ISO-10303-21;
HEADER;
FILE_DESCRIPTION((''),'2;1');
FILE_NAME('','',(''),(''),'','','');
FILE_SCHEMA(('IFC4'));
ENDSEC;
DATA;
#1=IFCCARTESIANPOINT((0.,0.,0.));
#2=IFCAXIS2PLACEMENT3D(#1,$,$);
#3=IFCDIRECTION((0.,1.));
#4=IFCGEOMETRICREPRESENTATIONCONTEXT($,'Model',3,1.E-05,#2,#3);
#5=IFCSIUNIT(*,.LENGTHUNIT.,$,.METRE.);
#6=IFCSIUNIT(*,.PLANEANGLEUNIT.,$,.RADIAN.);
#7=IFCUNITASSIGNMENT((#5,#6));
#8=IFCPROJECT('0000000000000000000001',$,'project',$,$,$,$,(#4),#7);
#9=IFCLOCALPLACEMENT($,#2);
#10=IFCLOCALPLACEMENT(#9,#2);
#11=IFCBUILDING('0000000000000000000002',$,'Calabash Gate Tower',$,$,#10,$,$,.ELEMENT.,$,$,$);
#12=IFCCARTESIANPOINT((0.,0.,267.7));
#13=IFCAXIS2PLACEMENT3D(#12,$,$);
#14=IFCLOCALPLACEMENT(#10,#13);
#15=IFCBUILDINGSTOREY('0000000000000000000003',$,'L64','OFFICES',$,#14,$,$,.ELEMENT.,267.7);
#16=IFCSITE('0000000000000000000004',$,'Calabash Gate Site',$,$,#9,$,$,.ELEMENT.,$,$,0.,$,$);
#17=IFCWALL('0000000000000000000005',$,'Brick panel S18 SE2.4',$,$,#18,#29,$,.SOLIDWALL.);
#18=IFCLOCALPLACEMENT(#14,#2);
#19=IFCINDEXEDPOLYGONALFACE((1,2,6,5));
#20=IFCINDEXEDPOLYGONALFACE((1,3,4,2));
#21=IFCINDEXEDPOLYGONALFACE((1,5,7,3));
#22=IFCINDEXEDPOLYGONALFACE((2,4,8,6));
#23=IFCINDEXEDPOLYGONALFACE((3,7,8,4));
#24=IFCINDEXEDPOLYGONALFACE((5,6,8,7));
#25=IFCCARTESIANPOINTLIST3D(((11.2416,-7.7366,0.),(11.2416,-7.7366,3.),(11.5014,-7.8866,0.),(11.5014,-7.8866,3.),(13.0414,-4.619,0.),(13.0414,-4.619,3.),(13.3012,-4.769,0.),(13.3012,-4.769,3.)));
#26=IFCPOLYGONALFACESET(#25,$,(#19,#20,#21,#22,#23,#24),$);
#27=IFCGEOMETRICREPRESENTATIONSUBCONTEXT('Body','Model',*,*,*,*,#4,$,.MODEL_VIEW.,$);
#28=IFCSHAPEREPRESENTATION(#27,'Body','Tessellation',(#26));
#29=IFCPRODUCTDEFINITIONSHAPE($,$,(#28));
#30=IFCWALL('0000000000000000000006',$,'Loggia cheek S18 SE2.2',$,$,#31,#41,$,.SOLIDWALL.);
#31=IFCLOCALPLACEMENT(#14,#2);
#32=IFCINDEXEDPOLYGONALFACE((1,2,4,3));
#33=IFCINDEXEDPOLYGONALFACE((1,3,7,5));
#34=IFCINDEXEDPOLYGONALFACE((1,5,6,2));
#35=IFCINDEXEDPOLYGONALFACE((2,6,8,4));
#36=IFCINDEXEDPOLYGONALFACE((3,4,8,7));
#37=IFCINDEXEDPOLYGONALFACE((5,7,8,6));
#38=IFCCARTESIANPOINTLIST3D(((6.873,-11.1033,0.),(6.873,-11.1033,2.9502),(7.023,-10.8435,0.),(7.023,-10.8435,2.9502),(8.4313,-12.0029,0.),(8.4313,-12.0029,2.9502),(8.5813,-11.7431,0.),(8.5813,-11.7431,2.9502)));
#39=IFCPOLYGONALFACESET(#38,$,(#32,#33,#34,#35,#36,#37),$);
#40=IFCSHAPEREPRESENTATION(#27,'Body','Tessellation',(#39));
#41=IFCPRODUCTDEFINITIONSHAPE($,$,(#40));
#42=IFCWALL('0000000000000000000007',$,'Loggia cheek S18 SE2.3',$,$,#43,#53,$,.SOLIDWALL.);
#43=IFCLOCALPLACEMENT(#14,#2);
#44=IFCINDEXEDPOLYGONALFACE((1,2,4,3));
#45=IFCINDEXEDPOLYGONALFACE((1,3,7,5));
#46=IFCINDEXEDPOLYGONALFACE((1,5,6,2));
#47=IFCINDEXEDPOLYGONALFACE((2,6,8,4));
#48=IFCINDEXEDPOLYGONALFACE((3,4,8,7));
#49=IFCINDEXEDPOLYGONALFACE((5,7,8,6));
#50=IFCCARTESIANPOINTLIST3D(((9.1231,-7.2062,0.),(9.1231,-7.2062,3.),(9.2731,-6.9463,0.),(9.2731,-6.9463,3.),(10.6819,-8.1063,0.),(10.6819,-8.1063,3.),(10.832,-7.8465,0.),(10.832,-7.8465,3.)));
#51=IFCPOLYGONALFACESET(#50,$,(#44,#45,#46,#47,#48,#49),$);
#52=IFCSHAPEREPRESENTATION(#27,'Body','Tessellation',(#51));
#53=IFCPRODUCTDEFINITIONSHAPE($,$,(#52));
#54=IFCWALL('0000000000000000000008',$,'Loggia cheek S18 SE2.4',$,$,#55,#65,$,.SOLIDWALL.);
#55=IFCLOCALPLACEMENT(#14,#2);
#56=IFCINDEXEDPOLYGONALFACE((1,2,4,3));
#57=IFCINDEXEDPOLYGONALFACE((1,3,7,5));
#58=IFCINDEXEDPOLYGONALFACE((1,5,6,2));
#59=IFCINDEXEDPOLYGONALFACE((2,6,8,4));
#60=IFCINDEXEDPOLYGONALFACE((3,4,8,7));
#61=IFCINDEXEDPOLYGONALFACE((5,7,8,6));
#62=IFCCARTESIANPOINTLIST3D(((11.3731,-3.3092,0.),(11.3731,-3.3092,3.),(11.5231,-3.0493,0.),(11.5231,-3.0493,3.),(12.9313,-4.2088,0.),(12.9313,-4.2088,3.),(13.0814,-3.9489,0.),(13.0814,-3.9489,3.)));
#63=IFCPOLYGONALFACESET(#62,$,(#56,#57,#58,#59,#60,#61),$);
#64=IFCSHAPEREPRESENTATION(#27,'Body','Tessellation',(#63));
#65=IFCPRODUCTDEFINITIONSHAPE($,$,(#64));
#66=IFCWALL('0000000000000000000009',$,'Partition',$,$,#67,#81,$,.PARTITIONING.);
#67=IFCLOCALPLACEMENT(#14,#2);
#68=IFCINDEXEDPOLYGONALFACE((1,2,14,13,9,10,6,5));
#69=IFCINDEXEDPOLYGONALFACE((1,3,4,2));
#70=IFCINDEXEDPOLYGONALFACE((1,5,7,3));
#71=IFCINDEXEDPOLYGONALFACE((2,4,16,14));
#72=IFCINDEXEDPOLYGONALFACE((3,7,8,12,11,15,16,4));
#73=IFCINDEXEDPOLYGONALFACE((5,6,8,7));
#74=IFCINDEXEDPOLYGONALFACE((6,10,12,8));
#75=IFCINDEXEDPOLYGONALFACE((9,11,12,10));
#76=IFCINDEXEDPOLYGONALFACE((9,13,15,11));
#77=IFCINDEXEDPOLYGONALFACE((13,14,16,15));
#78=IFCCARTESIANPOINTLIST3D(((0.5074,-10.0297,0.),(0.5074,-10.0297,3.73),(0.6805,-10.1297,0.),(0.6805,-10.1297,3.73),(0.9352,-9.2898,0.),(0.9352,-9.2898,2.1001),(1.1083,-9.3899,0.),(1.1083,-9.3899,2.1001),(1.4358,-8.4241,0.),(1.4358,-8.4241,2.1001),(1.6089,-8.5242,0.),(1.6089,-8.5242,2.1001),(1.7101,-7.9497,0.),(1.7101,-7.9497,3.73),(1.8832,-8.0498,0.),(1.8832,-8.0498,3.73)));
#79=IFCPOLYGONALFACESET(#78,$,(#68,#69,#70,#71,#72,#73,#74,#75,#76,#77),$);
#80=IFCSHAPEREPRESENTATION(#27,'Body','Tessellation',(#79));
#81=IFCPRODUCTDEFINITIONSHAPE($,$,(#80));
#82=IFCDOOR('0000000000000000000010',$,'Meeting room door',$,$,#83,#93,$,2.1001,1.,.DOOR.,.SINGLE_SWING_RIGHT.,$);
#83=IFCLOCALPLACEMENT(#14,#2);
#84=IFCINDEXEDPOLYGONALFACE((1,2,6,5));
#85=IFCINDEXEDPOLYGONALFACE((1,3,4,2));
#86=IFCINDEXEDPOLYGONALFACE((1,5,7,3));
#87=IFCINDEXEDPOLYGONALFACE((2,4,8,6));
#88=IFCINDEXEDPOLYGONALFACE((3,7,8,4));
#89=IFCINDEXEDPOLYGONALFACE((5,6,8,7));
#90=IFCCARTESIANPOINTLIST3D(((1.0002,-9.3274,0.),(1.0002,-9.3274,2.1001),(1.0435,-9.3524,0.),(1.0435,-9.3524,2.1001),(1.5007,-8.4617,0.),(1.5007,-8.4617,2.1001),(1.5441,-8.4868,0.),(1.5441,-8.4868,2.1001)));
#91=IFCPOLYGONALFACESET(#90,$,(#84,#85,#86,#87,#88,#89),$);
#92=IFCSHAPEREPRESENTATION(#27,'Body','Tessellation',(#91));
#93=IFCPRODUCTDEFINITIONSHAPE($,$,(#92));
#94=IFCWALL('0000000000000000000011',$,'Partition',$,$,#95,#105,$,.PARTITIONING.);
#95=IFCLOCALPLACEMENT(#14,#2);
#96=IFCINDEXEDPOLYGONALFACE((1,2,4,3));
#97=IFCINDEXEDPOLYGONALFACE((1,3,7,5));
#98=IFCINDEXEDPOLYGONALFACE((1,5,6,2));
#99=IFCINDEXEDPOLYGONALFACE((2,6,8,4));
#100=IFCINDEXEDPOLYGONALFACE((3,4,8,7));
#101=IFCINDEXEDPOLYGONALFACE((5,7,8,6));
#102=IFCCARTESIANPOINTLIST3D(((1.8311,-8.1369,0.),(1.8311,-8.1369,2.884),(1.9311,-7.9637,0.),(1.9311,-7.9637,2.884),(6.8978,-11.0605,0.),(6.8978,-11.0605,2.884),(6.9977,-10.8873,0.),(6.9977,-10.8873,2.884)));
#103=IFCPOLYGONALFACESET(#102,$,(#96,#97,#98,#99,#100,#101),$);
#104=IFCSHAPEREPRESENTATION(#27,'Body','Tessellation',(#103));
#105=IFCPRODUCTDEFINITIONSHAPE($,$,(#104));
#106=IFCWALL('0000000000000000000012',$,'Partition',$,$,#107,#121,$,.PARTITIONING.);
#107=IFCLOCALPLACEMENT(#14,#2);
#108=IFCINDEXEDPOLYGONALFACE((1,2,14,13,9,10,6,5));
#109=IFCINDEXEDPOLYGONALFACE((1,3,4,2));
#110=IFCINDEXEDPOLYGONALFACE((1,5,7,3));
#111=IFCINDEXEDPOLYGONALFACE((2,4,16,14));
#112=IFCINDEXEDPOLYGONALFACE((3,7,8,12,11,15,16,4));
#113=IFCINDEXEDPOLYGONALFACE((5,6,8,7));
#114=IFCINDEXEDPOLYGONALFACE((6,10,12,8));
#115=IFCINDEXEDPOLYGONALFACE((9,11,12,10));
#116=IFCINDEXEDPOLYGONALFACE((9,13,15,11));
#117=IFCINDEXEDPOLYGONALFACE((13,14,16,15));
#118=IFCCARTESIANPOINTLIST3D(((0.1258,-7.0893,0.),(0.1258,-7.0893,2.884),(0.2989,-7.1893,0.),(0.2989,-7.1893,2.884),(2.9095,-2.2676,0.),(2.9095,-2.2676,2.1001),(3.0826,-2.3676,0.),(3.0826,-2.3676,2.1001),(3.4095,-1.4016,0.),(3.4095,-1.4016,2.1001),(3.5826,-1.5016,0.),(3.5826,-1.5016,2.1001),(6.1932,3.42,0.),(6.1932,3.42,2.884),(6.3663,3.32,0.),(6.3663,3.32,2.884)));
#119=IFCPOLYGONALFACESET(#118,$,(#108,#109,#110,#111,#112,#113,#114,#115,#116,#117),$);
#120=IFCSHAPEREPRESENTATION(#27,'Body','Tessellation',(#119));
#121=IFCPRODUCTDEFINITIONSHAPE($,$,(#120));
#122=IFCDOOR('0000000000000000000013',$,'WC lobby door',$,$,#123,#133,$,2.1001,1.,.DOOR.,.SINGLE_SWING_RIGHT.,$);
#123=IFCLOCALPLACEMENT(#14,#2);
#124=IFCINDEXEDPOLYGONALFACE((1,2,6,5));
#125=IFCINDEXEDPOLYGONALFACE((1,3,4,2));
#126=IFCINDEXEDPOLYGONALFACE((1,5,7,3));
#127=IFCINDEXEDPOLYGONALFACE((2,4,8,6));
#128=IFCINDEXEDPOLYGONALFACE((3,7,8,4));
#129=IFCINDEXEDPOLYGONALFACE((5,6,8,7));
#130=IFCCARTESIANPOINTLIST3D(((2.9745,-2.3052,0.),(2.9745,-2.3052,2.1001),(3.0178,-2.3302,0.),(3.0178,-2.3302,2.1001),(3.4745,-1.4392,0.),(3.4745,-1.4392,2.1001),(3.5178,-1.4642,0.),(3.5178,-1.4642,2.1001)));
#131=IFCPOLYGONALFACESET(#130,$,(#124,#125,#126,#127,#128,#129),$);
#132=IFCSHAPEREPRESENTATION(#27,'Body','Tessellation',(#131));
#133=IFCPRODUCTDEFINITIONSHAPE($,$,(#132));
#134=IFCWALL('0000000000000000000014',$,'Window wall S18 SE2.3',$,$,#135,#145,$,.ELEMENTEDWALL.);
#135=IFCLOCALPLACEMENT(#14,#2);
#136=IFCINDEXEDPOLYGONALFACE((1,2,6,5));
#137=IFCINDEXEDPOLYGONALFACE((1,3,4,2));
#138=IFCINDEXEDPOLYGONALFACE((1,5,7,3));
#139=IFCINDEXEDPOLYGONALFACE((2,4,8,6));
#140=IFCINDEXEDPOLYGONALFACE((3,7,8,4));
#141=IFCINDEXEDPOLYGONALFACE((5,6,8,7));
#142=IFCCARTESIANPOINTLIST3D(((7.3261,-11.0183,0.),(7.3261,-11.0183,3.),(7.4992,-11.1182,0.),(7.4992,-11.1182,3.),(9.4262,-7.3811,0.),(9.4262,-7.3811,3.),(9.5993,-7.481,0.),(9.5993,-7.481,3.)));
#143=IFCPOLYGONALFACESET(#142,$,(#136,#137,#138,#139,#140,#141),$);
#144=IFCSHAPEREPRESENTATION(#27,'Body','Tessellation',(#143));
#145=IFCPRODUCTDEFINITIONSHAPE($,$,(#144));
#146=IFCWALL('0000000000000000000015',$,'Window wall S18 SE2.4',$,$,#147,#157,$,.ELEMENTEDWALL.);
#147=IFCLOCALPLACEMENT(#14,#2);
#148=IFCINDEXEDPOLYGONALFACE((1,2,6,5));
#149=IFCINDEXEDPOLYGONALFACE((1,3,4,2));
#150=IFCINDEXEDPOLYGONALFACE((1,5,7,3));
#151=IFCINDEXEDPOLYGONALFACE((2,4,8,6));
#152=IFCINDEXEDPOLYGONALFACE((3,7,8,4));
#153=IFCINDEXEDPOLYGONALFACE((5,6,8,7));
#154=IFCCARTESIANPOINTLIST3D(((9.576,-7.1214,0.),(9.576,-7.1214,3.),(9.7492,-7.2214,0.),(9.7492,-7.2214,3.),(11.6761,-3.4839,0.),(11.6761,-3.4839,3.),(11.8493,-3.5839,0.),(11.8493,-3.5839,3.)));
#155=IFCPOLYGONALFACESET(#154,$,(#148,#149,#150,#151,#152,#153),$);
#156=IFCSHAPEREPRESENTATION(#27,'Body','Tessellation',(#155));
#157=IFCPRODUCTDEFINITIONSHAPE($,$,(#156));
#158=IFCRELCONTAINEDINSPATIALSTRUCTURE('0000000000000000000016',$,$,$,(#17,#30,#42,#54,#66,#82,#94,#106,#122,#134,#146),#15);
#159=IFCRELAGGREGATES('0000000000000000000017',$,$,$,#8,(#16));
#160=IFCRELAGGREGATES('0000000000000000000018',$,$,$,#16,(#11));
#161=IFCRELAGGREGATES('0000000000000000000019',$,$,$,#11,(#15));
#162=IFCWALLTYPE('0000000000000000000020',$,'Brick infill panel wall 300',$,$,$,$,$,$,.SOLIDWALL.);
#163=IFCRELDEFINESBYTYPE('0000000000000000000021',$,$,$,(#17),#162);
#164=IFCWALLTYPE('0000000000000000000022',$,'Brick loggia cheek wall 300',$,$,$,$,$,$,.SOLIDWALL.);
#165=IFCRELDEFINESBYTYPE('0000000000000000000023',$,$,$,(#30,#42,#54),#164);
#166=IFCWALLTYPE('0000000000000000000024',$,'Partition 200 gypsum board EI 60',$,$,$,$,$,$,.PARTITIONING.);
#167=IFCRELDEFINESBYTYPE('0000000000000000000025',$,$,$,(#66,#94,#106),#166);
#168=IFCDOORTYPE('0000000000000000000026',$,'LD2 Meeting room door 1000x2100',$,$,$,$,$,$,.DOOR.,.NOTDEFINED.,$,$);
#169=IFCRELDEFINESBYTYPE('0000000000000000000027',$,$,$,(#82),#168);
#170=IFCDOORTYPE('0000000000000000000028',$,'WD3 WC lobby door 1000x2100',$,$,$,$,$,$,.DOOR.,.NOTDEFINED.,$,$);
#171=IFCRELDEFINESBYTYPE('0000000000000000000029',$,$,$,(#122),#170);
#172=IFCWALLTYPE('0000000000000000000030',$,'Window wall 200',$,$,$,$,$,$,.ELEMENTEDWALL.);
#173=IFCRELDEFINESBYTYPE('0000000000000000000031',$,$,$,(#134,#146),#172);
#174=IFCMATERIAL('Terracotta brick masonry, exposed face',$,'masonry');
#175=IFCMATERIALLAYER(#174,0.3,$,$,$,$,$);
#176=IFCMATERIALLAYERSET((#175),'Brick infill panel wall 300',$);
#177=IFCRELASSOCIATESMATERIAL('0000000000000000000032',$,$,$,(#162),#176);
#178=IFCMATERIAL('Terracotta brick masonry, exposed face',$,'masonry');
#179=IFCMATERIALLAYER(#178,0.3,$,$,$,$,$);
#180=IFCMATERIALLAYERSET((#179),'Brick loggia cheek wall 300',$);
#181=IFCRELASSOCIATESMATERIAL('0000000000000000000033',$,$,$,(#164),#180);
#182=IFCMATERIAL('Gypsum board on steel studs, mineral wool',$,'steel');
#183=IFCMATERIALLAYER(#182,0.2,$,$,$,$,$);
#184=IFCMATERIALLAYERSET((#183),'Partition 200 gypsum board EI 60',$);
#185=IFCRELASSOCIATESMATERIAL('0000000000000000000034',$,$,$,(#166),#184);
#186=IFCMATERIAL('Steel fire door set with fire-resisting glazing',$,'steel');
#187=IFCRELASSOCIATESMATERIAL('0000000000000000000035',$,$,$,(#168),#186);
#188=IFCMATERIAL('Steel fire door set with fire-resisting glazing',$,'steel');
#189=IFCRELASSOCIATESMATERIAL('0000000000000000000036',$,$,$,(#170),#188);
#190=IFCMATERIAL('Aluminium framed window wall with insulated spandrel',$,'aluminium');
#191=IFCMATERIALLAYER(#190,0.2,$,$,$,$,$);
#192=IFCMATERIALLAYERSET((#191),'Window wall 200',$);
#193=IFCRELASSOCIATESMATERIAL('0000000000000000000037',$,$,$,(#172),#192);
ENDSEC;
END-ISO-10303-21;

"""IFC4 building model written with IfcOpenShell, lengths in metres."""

from ifc_helpers import new_model, si_unit, direction, frame, frame_2d, origin, place, context, subcontext, project, spatial, rectangle, extrude, material, layer, layer_set, type_object, element, fill, save


model = new_model("IFC4")

# Units and contexts
model_context = context("Model", 3, precision=1e-05, world=origin(), true_north=direction((0.0, 1.0)))
body_context = subcontext(model_context, "Body", "Model", "MODEL_VIEW")
ifc_project = project(units=[si_unit("LENGTHUNIT", "METRE"), si_unit("PLANEANGLEUNIT", "RADIAN")], contexts=[model_context])

# Site, building, storey
site_placement = place(None, origin())
site = spatial("IfcSite", under=ifc_project, at=site_placement, Name="Calabash Gate Site", CompositionType="ELEMENT", RefElevation=0.0)
building_placement = place(site_placement, origin())
building = spatial("IfcBuilding", under=site, at=building_placement, Name="Calabash Gate Tower", CompositionType="ELEMENT")
storey_placement = place(building_placement, frame((0.0, 0.0, 267.7)))
storey = spatial("IfcBuildingStorey", under=building, at=storey_placement, Name="L64", Description="OFFICES", CompositionType="ELEMENT", Elevation=267.7)

# Walls
ifc_material_1 = material(Name="Terracotta brick masonry, exposed face", Category="masonry")
ifc_layer_1 = layer(ifc_material_1, 0.3)
ifc_layer_set_1 = layer_set([ifc_layer_1], Name="Brick infill panel wall 300")
wall_type_1 = type_object("IfcWallType", Name="Brick infill panel wall 300", PredefinedType="SOLIDWALL", material=ifc_layer_set_1)
for number, where, z_axis, x_axis, name in (
    (1, (11.3716, -7.8115, 0.0), (0.0, 0.0, 1.0), (0.499961, 0.866048, 0.0), "Brick panel S18 SE2.4"),
):
    element("IfcWall", number, at=place(storey_placement, frame(where, z_axis=z_axis, x_axis=x_axis)), inside=storey, type_object=wall_type_1, Name=name, PredefinedType="SOLIDWALL", context=body_context, shape_type="SweptSolid", body=[
        extrude(rectangle(XDim=3.5999, YDim=0.3, at=frame_2d((1.7998, 0.0))), origin(), (0.0, 0.0, 1.0), 3.0),
    ])
ifc_material_2 = material(Name="Terracotta brick masonry, exposed face", Category="masonry")
ifc_layer_2 = layer(ifc_material_2, 0.3)
ifc_layer_set_2 = layer_set([ifc_layer_2], Name="Brick loggia cheek wall 300")
wall_type_2 = type_object("IfcWallType", Name="Brick loggia cheek wall 300", PredefinedType="SOLIDWALL", material=ifc_layer_set_2)
wall_1_placement = place(storey_placement, frame((6.948, -10.9734, 0.0), z_axis=(0.0, 0.0, 1.0), x_axis=(0.866039, -0.499977, 0.0)))
element("IfcWall", 2, at=wall_1_placement, inside=storey, type_object=wall_type_2, Name="Loggia cheek S18 SE2.2", PredefinedType="SOLIDWALL", context=body_context, shape_type="SweptSolid", body=[
    extrude(rectangle(XDim=1.7993, YDim=0.3, at=frame_2d((0.8997, 0.0))), origin(), (0.0, 0.0, 1.0), 2.9502),
])
wall_2_placement = place(storey_placement, frame((10.7568, -7.9763, 0.0), z_axis=(0.0, 0.0, 1.0), x_axis=(-0.865989, 0.500063, 0.0)))
element("IfcWall", 3, at=wall_2_placement, inside=storey, type_object=wall_type_2, Name="Loggia cheek S18 SE2.3", PredefinedType="SOLIDWALL", context=body_context, shape_type="SweptSolid", body=[
    extrude(rectangle(XDim=1.8, YDim=0.3, at=frame_2d((0.8999, 0.0))), origin(), (0.0, 0.0, 1.0), 3.0),
])
wall_3_placement = place(storey_placement, frame((13.0063, -4.0789, 0.0), z_axis=(0.0, 0.0, 1.0), x_axis=(-0.866039, 0.499977, 0.0)))
element("IfcWall", 4, at=wall_3_placement, inside=storey, type_object=wall_type_2, Name="Loggia cheek S18 SE2.4", PredefinedType="SOLIDWALL", context=body_context, shape_type="SweptSolid", body=[
    extrude(rectangle(XDim=1.7993, YDim=0.3, at=frame_2d((0.8997, 0.0))), origin(), (0.0, 0.0, 1.0), 3.0),
])

# Wall, opening, door
ifc_material_3 = material(Name="Gypsum board on steel studs, mineral wool", Category="steel")
ifc_layer_3 = layer(ifc_material_3, 0.2)
ifc_layer_set_3 = layer_set([ifc_layer_3], Name="Partition 200 gypsum board EI 60")
wall_type_3 = type_object("IfcWallType", Name="Partition 200 gypsum board EI 60", PredefinedType="PARTITIONING", material=ifc_layer_set_3)
wall_4_placement = place(storey_placement, frame((0.594, -10.0796, 0.0), z_axis=(0.0, 0.0, 1.0), x_axis=(0.500576, 0.865693, 0.0)))
wall_4 = element("IfcWall", 5, at=wall_4_placement, inside=storey, type_object=wall_type_3, Name="Partition", PredefinedType="PARTITIONING", context=body_context, shape_type="SweptSolid", body=[
    extrude(rectangle(XDim=2.4026, YDim=0.2, at=frame_2d((1.2012, 0.0))), origin(), (0.0, 0.0, 1.0), 3.73),
])
opening_1_placement = place(wall_4_placement, frame((0.8545, 0.0, 0.0)))
opening_1 = element("IfcOpeningElement", 6, at=opening_1_placement, cuts=wall_4, PredefinedType="OPENING", context=body_context, shape_type="SweptSolid", body=[
    extrude(rectangle(XDim=1.0, YDim=2.1001, at=frame_2d((0.5, 1.05))), frame((0.0, 0.1099, 0.0), z_axis=(0.0, -1.0, 0.0), x_axis=(1.0, 0.0, 0.0)), (0.0, 0.0, 1.0), 0.22),
])
ifc_material_4 = material(Name="Steel fire door set with fire-resisting glazing", Category="steel")
door_type_1 = type_object("IfcDoorType", Name="LD2 Meeting room door 1000x2100", OperationType="NOTDEFINED", PredefinedType="DOOR", material=ifc_material_4)
door_1_placement = place(opening_1_placement, origin())
door_1 = element("IfcDoor", 7, at=door_1_placement, inside=storey, type_object=door_type_1, Name="Meeting room door", OperationType="SINGLE_SWING_RIGHT", OverallHeight=2.1001, OverallWidth=1.0, PredefinedType="DOOR", context=body_context, shape_type="SweptSolid", body=[
    extrude(rectangle(XDim=1.0, YDim=2.1001, at=frame_2d((0.5, 1.05))), frame((0.0, 0.0249, 0.0), z_axis=(0.0, -1.0, 0.0), x_axis=(1.0, 0.0, 0.0)), (0.0, 0.0, 1.0), 0.05),
])
fill(opening_1, door_1)

# Wall
wall_5_placement = place(storey_placement, frame((1.8811, -8.0503, 0.0), z_axis=(0.0, 0.0, 1.0), x_axis=(0.866147, -0.499789, 0.0)))
element("IfcWall", 8, at=wall_5_placement, inside=storey, type_object=wall_type_3, Name="Partition", PredefinedType="PARTITIONING", context=body_context, shape_type="SweptSolid", body=[
    extrude(rectangle(XDim=5.8496, YDim=0.2, at=frame_2d((2.9248, 0.0))), origin(), (0.0, 0.0, 1.0), 2.884),
])

# Wall, opening, door
wall_6_placement = place(storey_placement, frame((0.2124, -7.1392, 0.0), z_axis=(0.0, 0.0, 1.0), x_axis=(0.499991, 0.866031, 0.0)))
wall_6 = element("IfcWall", 9, at=wall_6_placement, inside=storey, type_object=wall_type_3, Name="Partition", PredefinedType="PARTITIONING", context=body_context, shape_type="SweptSolid", body=[
    extrude(rectangle(XDim=12.135, YDim=0.2, at=frame_2d((6.0674, 0.0))), origin(), (0.0, 0.0, 1.0), 2.884),
])
opening_2_placement = place(wall_6_placement, frame((5.5674, 0.0, 0.0)))
opening_2 = element("IfcOpeningElement", 10, at=opening_2_placement, cuts=wall_6, PredefinedType="OPENING", context=body_context, shape_type="SweptSolid", body=[
    extrude(rectangle(XDim=1.0, YDim=2.1001, at=frame_2d((0.5, 1.05))), frame((0.0, 0.1099, 0.0), z_axis=(0.0, -1.0, 0.0), x_axis=(1.0, 0.0, 0.0)), (0.0, 0.0, 1.0), 0.22),
])
ifc_material_5 = material(Name="Steel fire door set with fire-resisting glazing", Category="steel")
door_type_2 = type_object("IfcDoorType", Name="WD3 WC lobby door 1000x2100", OperationType="NOTDEFINED", PredefinedType="DOOR", material=ifc_material_5)
door_2_placement = place(opening_2_placement, origin())
door_2 = element("IfcDoor", 11, at=door_2_placement, inside=storey, type_object=door_type_2, Name="WC lobby door", OperationType="SINGLE_SWING_RIGHT", OverallHeight=2.1001, OverallWidth=1.0, PredefinedType="DOOR", context=body_context, shape_type="SweptSolid", body=[
    extrude(rectangle(XDim=1.0, YDim=2.1001, at=frame_2d((0.5, 1.05))), frame((0.0, 0.0249, 0.0), z_axis=(0.0, -1.0, 0.0), x_axis=(1.0, 0.0, 0.0)), (0.0, 0.0, 1.0), 0.05),
])
fill(opening_2, door_2)

# Walls
ifc_material_6 = material(Name="Aluminium framed window wall with insulated spandrel", Category="aluminium")
ifc_layer_4 = layer(ifc_material_6, 0.2)
ifc_layer_set_4 = layer_set([ifc_layer_4], Name="Window wall 200")
wall_type_4 = type_object("IfcWallType", Name="Window wall 200", PredefinedType="ELEMENTEDWALL", material=ifc_layer_set_4)
wall_7_placement = place(storey_placement, frame((7.4126, -11.0684, 0.0), z_axis=(0.0, 0.0, 1.0), x_axis=(0.500028, 0.866009, 0.0)))
element("IfcWall", 12, at=wall_7_placement, inside=storey, type_object=wall_type_4, Name="Window wall S18 SE2.3", PredefinedType="ELEMENTEDWALL", context=body_context, shape_type="SweptSolid", body=[
    extrude(rectangle(XDim=4.2, YDim=0.2, at=frame_2d((2.1001, 0.0))), origin(), (0.0, 0.0, 1.0), 3.0),
])
wall_8_placement = place(storey_placement, frame((9.6626, -7.1714, 0.0), z_axis=(0.0, 0.0, 1.0), x_axis=(0.500003, 0.866024, 0.0)))
element("IfcWall", 13, at=wall_8_placement, inside=storey, type_object=wall_type_4, Name="Window wall S18 SE2.4", PredefinedType="ELEMENTEDWALL", context=body_context, shape_type="SweptSolid", body=[
    extrude(rectangle(XDim=4.2002, YDim=0.2, at=frame_2d((2.1001, 0.0))), origin(), (0.0, 0.0, 1.0), 3.0),
])

save(model, "model.ifc")
